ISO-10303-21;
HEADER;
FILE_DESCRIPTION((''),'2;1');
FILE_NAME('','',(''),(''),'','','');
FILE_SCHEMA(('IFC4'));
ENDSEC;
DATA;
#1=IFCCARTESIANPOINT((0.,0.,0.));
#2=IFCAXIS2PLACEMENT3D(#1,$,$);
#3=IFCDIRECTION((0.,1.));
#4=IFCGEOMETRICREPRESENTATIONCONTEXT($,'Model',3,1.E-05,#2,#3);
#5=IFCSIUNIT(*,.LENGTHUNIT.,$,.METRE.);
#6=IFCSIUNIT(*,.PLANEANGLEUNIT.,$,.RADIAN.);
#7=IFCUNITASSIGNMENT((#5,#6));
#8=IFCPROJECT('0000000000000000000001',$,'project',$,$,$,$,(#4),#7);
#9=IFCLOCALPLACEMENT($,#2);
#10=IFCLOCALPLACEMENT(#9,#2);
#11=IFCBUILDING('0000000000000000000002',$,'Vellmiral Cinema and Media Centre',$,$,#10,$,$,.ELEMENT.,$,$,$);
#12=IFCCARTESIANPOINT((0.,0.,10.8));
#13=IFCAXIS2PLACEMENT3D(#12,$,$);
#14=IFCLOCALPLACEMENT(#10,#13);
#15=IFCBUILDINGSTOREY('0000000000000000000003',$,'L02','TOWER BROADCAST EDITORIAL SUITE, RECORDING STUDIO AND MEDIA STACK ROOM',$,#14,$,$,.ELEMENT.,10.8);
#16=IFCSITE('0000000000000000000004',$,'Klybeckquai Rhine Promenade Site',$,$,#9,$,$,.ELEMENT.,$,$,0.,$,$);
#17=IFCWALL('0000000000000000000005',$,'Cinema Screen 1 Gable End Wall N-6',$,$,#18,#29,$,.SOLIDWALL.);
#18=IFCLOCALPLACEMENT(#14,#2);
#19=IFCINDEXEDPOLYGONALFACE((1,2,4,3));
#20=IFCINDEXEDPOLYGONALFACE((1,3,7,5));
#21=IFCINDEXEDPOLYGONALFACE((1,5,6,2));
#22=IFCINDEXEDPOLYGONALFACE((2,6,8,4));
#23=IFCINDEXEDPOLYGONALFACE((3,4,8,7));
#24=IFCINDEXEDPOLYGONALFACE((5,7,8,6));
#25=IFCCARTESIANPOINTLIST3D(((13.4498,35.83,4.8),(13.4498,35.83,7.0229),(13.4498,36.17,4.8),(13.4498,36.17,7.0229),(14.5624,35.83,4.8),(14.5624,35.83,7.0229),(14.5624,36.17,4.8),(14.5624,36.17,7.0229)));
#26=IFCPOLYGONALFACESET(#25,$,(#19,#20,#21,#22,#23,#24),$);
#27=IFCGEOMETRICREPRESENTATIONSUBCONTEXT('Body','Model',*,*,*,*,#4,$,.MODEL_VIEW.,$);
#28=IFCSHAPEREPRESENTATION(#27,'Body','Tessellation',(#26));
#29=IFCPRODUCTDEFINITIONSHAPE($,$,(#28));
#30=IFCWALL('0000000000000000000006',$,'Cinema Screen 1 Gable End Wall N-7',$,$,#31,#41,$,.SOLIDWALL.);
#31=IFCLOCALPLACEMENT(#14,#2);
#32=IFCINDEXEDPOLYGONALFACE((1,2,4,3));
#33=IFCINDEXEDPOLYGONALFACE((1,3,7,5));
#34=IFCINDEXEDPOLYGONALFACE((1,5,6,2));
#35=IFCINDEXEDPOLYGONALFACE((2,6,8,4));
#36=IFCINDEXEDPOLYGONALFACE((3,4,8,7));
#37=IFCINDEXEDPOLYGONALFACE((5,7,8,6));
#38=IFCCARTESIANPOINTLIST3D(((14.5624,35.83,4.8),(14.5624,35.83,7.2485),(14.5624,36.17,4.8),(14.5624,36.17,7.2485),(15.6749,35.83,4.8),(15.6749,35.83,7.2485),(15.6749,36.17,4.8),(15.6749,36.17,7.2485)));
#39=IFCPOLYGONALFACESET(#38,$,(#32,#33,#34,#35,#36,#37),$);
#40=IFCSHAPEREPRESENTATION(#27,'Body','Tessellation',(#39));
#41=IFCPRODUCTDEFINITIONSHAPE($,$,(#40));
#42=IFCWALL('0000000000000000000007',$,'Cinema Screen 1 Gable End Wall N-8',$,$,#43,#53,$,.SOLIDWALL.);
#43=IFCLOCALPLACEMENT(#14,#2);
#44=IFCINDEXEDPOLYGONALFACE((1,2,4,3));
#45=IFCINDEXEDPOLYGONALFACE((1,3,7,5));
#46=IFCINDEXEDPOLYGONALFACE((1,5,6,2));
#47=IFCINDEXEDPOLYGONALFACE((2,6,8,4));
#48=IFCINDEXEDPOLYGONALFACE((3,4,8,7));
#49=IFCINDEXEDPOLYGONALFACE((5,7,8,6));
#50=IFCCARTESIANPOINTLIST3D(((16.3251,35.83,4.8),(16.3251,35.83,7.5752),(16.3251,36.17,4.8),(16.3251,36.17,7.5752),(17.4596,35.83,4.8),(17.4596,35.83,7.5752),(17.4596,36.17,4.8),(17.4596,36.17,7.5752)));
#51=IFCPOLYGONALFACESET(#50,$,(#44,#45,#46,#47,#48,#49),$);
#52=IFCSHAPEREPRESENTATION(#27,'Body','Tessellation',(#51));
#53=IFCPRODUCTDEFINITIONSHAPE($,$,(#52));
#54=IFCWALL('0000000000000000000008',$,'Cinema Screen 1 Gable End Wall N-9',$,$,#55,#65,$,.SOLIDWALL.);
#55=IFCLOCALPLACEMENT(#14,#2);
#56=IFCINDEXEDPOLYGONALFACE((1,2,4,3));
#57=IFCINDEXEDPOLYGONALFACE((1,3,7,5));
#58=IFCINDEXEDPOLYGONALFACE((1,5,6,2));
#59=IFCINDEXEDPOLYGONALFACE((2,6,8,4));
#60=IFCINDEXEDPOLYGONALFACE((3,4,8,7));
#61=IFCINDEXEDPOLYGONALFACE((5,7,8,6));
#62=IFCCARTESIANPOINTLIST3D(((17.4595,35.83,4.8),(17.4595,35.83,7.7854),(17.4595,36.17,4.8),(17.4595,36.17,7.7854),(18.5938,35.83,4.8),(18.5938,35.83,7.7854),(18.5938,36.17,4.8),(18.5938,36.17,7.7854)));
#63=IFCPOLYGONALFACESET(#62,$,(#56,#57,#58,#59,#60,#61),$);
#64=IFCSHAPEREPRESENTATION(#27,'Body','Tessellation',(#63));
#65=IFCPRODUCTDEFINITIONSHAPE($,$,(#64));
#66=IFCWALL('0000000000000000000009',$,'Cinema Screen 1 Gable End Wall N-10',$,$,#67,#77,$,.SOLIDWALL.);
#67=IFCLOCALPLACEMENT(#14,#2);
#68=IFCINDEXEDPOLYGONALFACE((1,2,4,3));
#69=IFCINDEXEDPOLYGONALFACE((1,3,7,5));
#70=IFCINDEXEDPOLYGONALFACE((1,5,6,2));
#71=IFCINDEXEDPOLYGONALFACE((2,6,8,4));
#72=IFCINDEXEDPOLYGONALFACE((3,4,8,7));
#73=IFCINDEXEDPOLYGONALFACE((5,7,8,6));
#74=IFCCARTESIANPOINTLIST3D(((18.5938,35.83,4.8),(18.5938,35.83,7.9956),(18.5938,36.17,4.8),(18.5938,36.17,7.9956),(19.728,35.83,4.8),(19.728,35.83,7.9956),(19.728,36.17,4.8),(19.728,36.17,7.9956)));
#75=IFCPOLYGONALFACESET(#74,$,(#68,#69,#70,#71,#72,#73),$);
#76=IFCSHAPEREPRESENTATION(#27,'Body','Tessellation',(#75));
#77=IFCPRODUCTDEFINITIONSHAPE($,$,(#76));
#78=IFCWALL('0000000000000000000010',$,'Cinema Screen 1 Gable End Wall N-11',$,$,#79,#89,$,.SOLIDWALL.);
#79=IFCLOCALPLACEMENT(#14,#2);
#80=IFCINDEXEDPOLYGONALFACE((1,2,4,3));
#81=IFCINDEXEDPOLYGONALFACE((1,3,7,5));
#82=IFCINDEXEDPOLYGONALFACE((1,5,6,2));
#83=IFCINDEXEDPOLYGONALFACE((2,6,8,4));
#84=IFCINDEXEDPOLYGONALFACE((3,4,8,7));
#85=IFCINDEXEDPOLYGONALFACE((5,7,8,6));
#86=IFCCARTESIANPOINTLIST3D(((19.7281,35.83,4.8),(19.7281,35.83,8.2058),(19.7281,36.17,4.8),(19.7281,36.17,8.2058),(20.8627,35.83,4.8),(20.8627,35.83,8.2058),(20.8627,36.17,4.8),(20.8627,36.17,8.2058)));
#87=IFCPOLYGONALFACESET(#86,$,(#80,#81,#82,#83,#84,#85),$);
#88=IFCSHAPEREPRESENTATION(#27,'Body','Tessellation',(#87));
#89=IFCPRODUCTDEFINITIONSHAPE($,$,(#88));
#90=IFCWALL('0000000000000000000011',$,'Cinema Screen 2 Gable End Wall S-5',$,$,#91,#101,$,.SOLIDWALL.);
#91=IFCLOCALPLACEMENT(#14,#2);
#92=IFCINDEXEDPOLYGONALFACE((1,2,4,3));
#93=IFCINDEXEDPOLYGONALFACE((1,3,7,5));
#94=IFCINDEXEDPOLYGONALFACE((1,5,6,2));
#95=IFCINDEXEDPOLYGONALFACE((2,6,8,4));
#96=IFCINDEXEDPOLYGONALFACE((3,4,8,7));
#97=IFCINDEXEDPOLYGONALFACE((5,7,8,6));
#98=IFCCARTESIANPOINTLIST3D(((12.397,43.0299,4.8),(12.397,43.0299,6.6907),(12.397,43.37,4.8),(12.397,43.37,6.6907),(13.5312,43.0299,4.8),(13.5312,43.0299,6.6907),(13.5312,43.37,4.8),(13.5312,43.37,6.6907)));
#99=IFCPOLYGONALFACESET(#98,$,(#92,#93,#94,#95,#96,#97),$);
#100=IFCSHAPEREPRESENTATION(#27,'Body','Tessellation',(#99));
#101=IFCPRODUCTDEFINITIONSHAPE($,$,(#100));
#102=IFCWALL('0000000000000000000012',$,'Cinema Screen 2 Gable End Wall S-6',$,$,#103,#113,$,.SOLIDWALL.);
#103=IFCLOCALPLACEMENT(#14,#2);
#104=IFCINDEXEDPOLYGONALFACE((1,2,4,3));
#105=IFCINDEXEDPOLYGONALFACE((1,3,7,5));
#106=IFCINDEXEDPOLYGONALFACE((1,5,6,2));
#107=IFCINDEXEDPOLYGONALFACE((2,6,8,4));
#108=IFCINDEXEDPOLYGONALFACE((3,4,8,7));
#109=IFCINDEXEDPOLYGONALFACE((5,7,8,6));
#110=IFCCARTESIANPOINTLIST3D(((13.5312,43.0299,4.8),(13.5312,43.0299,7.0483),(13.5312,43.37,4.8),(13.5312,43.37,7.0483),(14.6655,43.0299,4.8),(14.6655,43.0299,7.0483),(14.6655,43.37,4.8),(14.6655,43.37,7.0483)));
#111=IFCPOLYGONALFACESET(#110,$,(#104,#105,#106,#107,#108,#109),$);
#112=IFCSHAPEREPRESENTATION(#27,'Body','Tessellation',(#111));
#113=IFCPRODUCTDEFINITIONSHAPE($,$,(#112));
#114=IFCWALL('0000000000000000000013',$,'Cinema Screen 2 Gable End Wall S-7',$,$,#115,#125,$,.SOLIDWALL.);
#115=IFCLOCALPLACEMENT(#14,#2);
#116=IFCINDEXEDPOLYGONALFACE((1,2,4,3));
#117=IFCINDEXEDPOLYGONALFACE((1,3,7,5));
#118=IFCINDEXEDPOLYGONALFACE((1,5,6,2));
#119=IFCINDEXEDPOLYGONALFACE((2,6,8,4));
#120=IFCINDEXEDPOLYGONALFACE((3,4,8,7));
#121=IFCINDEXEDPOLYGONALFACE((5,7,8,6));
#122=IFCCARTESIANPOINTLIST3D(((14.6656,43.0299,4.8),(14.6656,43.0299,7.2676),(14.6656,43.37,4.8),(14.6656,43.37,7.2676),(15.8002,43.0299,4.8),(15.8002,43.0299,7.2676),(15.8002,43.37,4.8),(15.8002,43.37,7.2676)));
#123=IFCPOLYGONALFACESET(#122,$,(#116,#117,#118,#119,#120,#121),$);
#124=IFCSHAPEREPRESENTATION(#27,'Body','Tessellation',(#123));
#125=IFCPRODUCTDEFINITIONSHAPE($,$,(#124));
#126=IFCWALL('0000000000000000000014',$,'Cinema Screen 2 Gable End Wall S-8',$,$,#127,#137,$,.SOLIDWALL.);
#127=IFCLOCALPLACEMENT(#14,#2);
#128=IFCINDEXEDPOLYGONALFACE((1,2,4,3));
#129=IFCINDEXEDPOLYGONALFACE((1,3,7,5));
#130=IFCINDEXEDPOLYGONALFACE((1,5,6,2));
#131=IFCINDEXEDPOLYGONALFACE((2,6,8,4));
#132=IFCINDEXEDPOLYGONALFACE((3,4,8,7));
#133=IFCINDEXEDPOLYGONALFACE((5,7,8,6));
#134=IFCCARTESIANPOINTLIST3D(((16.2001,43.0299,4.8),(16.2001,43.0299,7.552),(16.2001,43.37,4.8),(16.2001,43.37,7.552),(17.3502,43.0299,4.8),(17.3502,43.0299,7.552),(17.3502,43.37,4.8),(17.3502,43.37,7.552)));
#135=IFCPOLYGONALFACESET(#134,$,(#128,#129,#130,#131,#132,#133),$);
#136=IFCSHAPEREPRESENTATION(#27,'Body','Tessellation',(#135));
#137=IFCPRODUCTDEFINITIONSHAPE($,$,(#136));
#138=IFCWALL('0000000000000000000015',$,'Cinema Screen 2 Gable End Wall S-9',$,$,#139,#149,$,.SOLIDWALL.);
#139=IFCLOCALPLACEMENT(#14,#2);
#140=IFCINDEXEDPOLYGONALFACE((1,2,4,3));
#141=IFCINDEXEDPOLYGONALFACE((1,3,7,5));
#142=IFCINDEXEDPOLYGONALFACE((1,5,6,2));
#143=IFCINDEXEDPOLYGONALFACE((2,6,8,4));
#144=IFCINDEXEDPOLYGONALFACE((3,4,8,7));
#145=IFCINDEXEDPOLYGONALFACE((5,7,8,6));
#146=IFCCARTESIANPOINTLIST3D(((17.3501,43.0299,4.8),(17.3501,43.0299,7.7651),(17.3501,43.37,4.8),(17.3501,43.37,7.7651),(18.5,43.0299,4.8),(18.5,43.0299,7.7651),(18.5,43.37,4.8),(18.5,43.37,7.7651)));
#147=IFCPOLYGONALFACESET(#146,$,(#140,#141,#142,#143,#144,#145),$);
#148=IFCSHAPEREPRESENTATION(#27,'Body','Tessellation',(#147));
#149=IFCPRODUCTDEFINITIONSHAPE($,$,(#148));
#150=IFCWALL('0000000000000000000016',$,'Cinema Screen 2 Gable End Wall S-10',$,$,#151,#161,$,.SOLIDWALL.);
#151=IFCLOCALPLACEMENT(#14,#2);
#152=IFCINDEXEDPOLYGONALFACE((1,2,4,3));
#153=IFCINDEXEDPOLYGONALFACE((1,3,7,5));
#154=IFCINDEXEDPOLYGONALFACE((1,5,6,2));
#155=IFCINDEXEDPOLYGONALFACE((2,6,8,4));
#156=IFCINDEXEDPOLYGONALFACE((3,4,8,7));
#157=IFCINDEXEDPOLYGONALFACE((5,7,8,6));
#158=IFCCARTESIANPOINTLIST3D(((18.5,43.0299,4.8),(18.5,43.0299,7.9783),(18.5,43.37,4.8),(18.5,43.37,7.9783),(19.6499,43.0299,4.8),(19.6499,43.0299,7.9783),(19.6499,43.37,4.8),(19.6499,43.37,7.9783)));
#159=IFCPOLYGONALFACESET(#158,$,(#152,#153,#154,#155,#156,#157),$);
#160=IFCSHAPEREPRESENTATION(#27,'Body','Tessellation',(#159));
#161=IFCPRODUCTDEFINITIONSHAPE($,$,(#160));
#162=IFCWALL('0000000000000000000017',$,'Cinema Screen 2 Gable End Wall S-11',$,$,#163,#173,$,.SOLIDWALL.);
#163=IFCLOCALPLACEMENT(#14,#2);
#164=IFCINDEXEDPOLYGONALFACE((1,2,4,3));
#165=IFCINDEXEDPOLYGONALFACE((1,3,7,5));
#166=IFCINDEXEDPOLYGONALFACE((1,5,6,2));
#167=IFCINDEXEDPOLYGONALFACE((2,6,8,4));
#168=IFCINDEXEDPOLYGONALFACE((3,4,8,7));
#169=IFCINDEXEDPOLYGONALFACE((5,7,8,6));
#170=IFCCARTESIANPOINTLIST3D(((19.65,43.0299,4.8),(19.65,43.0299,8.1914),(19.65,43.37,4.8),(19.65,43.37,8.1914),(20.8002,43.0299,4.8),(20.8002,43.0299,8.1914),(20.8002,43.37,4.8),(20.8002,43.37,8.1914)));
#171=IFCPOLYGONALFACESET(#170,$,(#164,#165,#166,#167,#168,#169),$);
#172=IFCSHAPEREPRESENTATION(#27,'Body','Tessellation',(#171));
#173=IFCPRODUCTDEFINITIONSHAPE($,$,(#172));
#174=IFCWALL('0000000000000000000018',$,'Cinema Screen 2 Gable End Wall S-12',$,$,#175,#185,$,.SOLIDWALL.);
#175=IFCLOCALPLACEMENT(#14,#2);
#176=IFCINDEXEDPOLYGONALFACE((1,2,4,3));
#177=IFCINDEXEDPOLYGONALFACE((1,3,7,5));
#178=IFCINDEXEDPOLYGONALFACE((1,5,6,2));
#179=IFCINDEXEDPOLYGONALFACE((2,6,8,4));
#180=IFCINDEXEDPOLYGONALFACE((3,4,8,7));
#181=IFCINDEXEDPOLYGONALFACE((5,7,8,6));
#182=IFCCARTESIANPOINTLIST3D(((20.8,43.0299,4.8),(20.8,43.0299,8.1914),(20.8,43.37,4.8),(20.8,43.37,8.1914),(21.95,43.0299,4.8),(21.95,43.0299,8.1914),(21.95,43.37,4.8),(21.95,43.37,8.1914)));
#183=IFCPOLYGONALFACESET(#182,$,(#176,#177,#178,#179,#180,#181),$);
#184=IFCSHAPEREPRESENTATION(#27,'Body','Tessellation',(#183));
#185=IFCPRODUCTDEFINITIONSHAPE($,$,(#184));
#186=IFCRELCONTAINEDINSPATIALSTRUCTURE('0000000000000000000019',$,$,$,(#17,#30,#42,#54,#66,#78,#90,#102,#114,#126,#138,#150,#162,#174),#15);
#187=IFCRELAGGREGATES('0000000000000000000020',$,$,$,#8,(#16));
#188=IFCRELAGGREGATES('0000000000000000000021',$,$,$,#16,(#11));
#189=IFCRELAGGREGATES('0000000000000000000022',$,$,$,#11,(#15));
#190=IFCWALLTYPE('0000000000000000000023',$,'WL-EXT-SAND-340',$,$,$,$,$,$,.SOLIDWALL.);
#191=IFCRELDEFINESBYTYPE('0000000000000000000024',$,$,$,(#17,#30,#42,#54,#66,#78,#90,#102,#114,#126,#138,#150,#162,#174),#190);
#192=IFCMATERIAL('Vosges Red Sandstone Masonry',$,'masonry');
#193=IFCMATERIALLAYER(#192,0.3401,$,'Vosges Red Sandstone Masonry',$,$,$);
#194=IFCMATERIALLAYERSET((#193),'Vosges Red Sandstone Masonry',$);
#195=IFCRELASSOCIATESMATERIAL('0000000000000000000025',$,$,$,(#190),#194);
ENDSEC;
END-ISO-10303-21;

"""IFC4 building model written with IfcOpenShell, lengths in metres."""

from ifc_helpers import new_model, si_unit, direction, frame, frame_2d, origin, place, context, subcontext, project, spatial, rectangle, extrude, material, layer, layer_set, type_object, element, save


model = new_model("IFC4")

# Units and contexts
model_context = context("Model", 3, precision=1e-05, world=origin(), true_north=direction((0.0, 1.0)))
body_context = subcontext(model_context, "Body", "Model", "MODEL_VIEW")
ifc_project = project(units=[si_unit("LENGTHUNIT", "METRE"), si_unit("PLANEANGLEUNIT", "RADIAN")], contexts=[model_context])

# Site, building, storey
site_placement = place(None, origin())
site = spatial("IfcSite", under=ifc_project, at=site_placement, Name="Klybeckquai Rhine Promenade Site", CompositionType="ELEMENT", RefElevation=0.0)
building_placement = place(site_placement, origin())
building = spatial("IfcBuilding", under=site, at=building_placement, Name="Vellmiral Cinema and Media Centre", CompositionType="ELEMENT")
storey_placement = place(building_placement, frame((0.0, 0.0, 10.8)))
storey = spatial("IfcBuildingStorey", under=building, at=storey_placement, Name="L02", Description="TOWER BROADCAST EDITORIAL SUITE, RECORDING STUDIO AND MEDIA STACK ROOM", CompositionType="ELEMENT", Elevation=10.8)

# Walls
ifc_material_1 = material(Name="Vosges Red Sandstone Masonry", Category="masonry")
ifc_layer_1 = layer(ifc_material_1, 0.3401, Name="Vosges Red Sandstone Masonry")
ifc_layer_set_1 = layer_set([ifc_layer_1], Name="Vosges Red Sandstone Masonry")
wall_type_1 = type_object("IfcWallType", Name="WL-EXT-SAND-340", PredefinedType="SOLIDWALL", material=ifc_layer_set_1)
wall_1_placement = place(storey_placement, frame((13.45, 36.0, 4.8), z_axis=(0.0, 0.0, 1.0), x_axis=(1.0, 0.0, 0.0)))
element("IfcWall", 1, at=wall_1_placement, inside=storey, type_object=wall_type_1, Name="Cinema Screen 1 Gable End Wall N-6", PredefinedType="SOLIDWALL", context=body_context, shape_type="SweptSolid", body=[
    extrude(rectangle(XDim=1.1125, YDim=0.3401, at=frame_2d((0.5562, 0.0))), origin(), (0.0, 0.0, 1.0), 2.2229),
])
wall_2_placement = place(storey_placement, frame((14.5625, 36.0, 4.8), z_axis=(0.0, 0.0, 1.0), x_axis=(1.0, 0.0, 0.0)))
element("IfcWall", 2, at=wall_2_placement, inside=storey, type_object=wall_type_1, Name="Cinema Screen 1 Gable End Wall N-7", PredefinedType="SOLIDWALL", context=body_context, shape_type="SweptSolid", body=[
    extrude(rectangle(XDim=1.1125, YDim=0.3401, at=frame_2d((0.5562, 0.0))), origin(), (0.0, 0.0, 1.0), 2.4485),
])
wall_3_placement = place(storey_placement, frame((16.325, 36.0, 4.8), z_axis=(0.0, 0.0, 1.0), x_axis=(1.0, 0.0, 0.0)))
element("IfcWall", 3, at=wall_3_placement, inside=storey, type_object=wall_type_1, Name="Cinema Screen 1 Gable End Wall N-8", PredefinedType="SOLIDWALL", context=body_context, shape_type="SweptSolid", body=[
    extrude(rectangle(XDim=1.1345, YDim=0.3401, at=frame_2d((0.5674, 0.0))), origin(), (0.0, 0.0, 1.0), 2.7751),
])
wall_4_placement = place(storey_placement, frame((17.4595, 36.0, 4.8), z_axis=(0.0, 0.0, 1.0), x_axis=(1.0, 0.0, 0.0)))
element("IfcWall", 4, at=wall_4_placement, inside=storey, type_object=wall_type_1, Name="Cinema Screen 1 Gable End Wall N-9", PredefinedType="SOLIDWALL", context=body_context, shape_type="SweptSolid", body=[
    extrude(rectangle(XDim=1.1343, YDim=0.3401, at=frame_2d((0.5671, 0.0))), origin(), (0.0, 0.0, 1.0), 2.9854),
])
wall_5_placement = place(storey_placement, frame((18.5938, 36.0, 4.8), z_axis=(0.0, 0.0, 1.0), x_axis=(1.0, 0.0, 0.0)))
element("IfcWall", 5, at=wall_5_placement, inside=storey, type_object=wall_type_1, Name="Cinema Screen 1 Gable End Wall N-10", PredefinedType="SOLIDWALL", context=body_context, shape_type="SweptSolid", body=[
    extrude(rectangle(XDim=1.1343, YDim=0.3401, at=frame_2d((0.5671, 0.0))), origin(), (0.0, 0.0, 1.0), 3.1956),
])
wall_6_placement = place(storey_placement, frame((19.728, 36.0, 4.8), z_axis=(0.0, 0.0, 1.0), x_axis=(1.0, 0.0, 0.0)))
element("IfcWall", 6, at=wall_6_placement, inside=storey, type_object=wall_type_1, Name="Cinema Screen 1 Gable End Wall N-11", PredefinedType="SOLIDWALL", context=body_context, shape_type="SweptSolid", body=[
    extrude(rectangle(XDim=1.1345, YDim=0.3401, at=frame_2d((0.5674, 0.0))), origin(), (0.0, 0.0, 1.0), 3.4058),
])
wall_7_placement = place(storey_placement, frame((12.397, 43.2, 4.8), z_axis=(0.0, 0.0, 1.0), x_axis=(1.0, 0.0, 0.0)))
element("IfcWall", 7, at=wall_7_placement, inside=storey, type_object=wall_type_1, Name="Cinema Screen 2 Gable End Wall S-5", PredefinedType="SOLIDWALL", context=body_context, shape_type="SweptSolid", body=[
    extrude(rectangle(XDim=1.1343, YDim=0.3401, at=frame_2d((0.5671, 0.0))), origin(), (0.0, 0.0, 1.0), 1.8906),
])
wall_8_placement = place(storey_placement, frame((13.5312, 43.2, 4.8), z_axis=(0.0, 0.0, 1.0), x_axis=(1.0, 0.0, 0.0)))
element("IfcWall", 8, at=wall_8_placement, inside=storey, type_object=wall_type_1, Name="Cinema Screen 2 Gable End Wall S-6", PredefinedType="SOLIDWALL", context=body_context, shape_type="SweptSolid", body=[
    extrude(rectangle(XDim=1.1343, YDim=0.3401, at=frame_2d((0.5671, 0.0))), origin(), (0.0, 0.0, 1.0), 2.2483),
])
wall_9_placement = place(storey_placement, frame((14.6655, 43.2, 4.8), z_axis=(0.0, 0.0, 1.0), x_axis=(1.0, 0.0, 0.0)))
element("IfcWall", 9, at=wall_9_placement, inside=storey, type_object=wall_type_1, Name="Cinema Screen 2 Gable End Wall S-7", PredefinedType="SOLIDWALL", context=body_context, shape_type="SweptSolid", body=[
    extrude(rectangle(XDim=1.1345, YDim=0.3401, at=frame_2d((0.5674, 0.0))), origin(), (0.0, 0.0, 1.0), 2.4675),
])
wall_10_placement = place(storey_placement, frame((16.2, 43.2, 4.8), z_axis=(0.0, 0.0, 1.0), x_axis=(1.0, 0.0, 0.0)))
element("IfcWall", 10, at=wall_10_placement, inside=storey, type_object=wall_type_1, Name="Cinema Screen 2 Gable End Wall S-8", PredefinedType="SOLIDWALL", context=body_context, shape_type="SweptSolid", body=[
    extrude(rectangle(XDim=1.1501, YDim=0.3401, at=frame_2d((0.5752, 0.0))), origin(), (0.0, 0.0, 1.0), 2.752),
])
wall_11_placement = place(storey_placement, frame((17.3501, 43.2, 4.8), z_axis=(0.0, 0.0, 1.0), x_axis=(1.0, 0.0, 0.0)))
element("IfcWall", 11, at=wall_11_placement, inside=storey, type_object=wall_type_1, Name="Cinema Screen 2 Gable End Wall S-9", PredefinedType="SOLIDWALL", context=body_context, shape_type="SweptSolid", body=[
    extrude(rectangle(XDim=1.1499, YDim=0.3401, at=frame_2d((0.575, 0.0))), origin(), (0.0, 0.0, 1.0), 2.9651),
])
wall_12_placement = place(storey_placement, frame((18.5, 43.2, 4.8), z_axis=(0.0, 0.0, 1.0), x_axis=(1.0, 0.0, 0.0)))
element("IfcWall", 12, at=wall_12_placement, inside=storey, type_object=wall_type_1, Name="Cinema Screen 2 Gable End Wall S-10", PredefinedType="SOLIDWALL", context=body_context, shape_type="SweptSolid", body=[
    extrude(rectangle(XDim=1.1499, YDim=0.3401, at=frame_2d((0.575, 0.0))), origin(), (0.0, 0.0, 1.0), 3.1782),
])
wall_13_placement = place(storey_placement, frame((19.6499, 43.2, 4.8), z_axis=(0.0, 0.0, 1.0), x_axis=(1.0, 0.0, 0.0)))
element("IfcWall", 13, at=wall_13_placement, inside=storey, type_object=wall_type_1, Name="Cinema Screen 2 Gable End Wall S-11", PredefinedType="SOLIDWALL", context=body_context, shape_type="SweptSolid", body=[
    extrude(rectangle(XDim=1.1501, YDim=0.3401, at=frame_2d((0.5752, 0.0))), origin(), (0.0, 0.0, 1.0), 3.3914),
])
wall_14_placement = place(storey_placement, frame((20.8, 43.2, 4.8), z_axis=(0.0, 0.0, 1.0), x_axis=(1.0, 0.0, 0.0)))
element("IfcWall", 14, at=wall_14_placement, inside=storey, type_object=wall_type_1, Name="Cinema Screen 2 Gable End Wall S-12", PredefinedType="SOLIDWALL", context=body_context, shape_type="SweptSolid", body=[
    extrude(rectangle(XDim=1.1499, YDim=0.3401, at=frame_2d((0.575, 0.0))), origin(), (0.0, 0.0, 1.0), 3.3914),
])

save(model, "model.ifc")
